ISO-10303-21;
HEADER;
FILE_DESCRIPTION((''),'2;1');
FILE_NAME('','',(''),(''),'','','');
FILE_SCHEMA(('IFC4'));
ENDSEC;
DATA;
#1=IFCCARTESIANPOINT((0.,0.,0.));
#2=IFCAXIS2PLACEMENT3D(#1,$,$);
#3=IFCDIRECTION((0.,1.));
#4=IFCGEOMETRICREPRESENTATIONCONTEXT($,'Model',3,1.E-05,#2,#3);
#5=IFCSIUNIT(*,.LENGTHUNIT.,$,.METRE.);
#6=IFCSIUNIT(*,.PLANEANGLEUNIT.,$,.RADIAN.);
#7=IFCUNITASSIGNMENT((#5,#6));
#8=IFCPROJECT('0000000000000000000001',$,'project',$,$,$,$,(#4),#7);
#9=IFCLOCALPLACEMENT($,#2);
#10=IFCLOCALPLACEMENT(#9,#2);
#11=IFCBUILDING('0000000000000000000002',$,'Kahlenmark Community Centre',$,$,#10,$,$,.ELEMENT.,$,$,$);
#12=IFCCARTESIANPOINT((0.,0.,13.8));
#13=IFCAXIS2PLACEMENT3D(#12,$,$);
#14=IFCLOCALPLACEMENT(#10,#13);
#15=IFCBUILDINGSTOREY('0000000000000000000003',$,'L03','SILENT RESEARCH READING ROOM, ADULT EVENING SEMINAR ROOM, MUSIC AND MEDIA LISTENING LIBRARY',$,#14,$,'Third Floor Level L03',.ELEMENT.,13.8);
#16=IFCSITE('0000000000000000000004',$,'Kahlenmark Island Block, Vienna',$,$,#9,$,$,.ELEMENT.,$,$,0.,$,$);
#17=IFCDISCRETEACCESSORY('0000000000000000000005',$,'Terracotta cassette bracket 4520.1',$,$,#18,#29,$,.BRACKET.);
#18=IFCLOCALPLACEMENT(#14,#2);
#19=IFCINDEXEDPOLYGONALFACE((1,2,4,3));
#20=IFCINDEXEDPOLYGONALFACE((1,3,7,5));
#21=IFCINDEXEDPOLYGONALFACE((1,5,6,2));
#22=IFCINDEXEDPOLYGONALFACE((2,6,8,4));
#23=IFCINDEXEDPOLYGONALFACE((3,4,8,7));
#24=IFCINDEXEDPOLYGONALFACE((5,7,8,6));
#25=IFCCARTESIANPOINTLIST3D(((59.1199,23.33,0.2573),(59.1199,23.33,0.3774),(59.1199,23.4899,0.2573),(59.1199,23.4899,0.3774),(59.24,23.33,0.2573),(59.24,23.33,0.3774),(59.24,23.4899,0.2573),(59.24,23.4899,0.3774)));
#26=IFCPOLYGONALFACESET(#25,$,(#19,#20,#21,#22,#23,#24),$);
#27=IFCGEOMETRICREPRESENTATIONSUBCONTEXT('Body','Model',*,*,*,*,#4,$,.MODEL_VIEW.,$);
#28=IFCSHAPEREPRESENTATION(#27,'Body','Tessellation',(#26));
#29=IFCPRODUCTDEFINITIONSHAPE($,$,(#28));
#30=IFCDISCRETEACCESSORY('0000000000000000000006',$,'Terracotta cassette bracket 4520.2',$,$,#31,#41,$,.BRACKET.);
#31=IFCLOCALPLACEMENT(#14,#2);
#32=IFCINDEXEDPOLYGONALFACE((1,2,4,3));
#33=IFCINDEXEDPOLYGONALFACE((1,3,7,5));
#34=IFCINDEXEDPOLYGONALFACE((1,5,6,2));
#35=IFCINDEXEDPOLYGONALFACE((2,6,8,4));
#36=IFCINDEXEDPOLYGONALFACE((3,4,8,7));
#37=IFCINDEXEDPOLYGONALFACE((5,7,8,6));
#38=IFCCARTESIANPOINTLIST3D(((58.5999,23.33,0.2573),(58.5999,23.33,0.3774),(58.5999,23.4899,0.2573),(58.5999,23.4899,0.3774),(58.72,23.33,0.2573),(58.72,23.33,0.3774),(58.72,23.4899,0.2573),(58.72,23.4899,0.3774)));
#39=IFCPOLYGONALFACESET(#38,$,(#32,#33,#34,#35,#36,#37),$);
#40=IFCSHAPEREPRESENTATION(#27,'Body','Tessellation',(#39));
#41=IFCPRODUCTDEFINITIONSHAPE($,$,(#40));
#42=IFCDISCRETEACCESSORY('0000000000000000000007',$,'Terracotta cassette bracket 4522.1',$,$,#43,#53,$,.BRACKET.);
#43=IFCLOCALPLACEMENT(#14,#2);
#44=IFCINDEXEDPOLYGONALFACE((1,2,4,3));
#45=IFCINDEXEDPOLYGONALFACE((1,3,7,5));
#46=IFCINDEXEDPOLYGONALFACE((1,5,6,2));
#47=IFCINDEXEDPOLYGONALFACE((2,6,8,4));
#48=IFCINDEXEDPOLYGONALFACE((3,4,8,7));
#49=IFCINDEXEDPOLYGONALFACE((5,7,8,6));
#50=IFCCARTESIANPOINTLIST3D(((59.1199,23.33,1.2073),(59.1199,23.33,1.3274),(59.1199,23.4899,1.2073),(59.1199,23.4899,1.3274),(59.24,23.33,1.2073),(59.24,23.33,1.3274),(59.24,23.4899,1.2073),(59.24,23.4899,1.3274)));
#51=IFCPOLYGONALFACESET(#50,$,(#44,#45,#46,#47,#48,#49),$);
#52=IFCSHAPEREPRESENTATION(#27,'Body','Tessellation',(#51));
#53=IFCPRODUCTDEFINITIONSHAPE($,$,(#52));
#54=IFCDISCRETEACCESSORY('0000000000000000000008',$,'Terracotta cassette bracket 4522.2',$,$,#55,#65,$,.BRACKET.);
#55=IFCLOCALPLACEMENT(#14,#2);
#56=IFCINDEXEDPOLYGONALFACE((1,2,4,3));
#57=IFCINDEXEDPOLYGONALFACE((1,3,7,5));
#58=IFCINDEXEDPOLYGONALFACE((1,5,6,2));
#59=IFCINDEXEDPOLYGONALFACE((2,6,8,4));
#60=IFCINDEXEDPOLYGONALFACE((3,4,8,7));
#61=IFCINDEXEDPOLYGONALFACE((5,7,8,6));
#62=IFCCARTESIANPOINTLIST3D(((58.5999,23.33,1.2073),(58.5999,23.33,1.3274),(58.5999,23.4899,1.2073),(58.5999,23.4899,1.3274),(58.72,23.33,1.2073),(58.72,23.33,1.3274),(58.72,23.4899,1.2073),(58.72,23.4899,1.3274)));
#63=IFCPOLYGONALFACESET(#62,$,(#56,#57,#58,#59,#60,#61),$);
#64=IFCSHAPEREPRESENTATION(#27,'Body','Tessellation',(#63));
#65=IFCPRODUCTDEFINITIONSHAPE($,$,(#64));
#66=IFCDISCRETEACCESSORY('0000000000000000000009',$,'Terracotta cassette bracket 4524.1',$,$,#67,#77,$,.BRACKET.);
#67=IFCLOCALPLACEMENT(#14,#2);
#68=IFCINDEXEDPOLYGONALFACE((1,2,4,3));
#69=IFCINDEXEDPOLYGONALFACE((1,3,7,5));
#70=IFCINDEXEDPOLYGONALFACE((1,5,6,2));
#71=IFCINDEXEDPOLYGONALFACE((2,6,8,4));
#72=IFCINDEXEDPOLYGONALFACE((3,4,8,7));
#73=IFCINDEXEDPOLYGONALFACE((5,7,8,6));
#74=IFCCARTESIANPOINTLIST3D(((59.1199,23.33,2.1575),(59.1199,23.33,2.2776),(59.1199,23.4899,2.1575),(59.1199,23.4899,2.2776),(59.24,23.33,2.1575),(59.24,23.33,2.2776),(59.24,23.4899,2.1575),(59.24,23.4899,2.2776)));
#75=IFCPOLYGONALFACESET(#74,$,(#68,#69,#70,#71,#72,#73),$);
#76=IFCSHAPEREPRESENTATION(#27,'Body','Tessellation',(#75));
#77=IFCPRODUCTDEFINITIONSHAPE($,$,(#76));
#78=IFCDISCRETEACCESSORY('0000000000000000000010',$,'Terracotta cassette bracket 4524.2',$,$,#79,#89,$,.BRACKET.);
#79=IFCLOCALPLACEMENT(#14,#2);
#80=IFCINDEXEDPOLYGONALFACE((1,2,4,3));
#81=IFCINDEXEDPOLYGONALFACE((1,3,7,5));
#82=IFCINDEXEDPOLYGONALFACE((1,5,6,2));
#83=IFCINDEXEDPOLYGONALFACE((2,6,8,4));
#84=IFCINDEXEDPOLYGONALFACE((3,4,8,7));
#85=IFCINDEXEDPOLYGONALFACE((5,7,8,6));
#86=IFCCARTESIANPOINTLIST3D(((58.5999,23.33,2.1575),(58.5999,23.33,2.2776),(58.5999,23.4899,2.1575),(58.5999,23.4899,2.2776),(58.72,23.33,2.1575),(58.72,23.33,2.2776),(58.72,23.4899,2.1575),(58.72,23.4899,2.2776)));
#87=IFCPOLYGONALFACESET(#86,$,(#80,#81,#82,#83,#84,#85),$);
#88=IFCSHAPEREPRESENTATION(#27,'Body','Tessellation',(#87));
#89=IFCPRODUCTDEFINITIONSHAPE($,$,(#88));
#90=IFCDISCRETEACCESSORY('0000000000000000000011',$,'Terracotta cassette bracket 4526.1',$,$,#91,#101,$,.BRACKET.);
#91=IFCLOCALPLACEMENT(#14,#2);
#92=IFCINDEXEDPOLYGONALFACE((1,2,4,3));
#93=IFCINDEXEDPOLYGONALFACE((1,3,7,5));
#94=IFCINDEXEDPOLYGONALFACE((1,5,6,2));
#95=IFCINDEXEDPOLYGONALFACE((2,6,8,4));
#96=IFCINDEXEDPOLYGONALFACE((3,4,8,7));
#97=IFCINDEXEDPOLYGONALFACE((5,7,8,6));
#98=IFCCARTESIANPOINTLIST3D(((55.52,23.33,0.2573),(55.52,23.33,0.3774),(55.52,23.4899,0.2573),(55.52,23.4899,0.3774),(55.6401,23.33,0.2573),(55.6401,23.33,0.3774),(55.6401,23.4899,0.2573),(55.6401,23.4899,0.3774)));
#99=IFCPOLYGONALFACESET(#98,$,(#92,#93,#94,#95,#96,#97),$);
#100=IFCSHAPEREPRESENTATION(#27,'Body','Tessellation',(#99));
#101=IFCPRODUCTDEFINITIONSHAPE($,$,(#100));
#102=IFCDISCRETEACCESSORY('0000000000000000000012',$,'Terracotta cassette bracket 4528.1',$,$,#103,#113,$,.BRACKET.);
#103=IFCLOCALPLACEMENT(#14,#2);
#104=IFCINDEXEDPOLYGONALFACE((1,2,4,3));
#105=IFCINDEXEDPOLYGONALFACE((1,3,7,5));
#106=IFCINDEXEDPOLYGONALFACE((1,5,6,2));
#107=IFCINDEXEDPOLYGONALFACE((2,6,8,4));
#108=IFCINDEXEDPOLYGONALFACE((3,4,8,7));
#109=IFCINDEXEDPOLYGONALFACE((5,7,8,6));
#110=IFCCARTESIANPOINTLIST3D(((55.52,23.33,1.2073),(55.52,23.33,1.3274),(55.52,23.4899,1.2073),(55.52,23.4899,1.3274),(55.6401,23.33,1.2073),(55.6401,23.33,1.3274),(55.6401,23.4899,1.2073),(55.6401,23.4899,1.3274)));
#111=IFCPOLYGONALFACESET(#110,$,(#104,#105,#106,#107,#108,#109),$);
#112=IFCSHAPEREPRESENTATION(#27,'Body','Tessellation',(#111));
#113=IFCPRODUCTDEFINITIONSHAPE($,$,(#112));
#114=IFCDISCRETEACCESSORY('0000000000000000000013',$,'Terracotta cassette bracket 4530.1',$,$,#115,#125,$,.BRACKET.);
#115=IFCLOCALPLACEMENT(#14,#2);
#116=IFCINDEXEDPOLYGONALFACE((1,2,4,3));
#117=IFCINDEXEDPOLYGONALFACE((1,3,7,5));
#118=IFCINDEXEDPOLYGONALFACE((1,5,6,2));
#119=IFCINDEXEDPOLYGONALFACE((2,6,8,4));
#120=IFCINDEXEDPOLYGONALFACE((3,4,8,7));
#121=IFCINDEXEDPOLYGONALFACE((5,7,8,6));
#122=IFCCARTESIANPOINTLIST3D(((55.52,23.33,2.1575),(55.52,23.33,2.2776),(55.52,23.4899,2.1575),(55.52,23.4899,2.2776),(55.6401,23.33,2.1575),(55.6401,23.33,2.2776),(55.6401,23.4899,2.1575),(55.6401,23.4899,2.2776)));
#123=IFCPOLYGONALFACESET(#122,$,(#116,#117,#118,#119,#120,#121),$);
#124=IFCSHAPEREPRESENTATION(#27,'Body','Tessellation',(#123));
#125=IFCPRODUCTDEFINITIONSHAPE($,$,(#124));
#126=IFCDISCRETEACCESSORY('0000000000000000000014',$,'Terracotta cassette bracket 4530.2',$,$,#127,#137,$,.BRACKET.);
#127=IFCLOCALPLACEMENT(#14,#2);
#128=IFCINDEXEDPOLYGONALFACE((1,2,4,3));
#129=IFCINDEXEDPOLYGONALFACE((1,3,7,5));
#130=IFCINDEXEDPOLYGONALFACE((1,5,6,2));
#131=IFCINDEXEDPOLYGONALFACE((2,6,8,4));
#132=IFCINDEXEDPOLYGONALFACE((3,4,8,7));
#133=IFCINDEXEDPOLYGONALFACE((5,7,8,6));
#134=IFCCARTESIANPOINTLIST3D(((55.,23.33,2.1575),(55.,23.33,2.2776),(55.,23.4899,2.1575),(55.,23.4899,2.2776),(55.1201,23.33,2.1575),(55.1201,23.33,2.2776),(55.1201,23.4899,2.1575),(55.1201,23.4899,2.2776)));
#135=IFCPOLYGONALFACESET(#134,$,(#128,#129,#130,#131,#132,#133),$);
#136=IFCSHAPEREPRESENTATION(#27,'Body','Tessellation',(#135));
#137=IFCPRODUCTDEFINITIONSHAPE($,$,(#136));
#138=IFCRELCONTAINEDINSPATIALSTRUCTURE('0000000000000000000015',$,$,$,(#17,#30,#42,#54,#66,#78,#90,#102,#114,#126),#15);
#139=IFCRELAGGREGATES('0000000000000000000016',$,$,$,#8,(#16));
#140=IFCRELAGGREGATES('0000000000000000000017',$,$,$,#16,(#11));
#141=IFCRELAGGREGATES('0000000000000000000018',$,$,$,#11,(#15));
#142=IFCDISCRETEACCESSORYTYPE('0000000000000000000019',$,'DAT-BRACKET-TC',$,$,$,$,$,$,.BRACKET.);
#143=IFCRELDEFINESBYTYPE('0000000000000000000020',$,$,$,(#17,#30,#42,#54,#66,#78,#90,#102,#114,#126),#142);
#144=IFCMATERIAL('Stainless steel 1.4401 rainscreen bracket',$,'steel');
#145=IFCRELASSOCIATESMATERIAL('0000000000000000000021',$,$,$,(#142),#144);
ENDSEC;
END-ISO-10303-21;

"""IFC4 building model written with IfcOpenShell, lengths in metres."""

from ifc_helpers import new_model, si_unit, direction, frame, origin, origin_2d, place, context, subcontext, project, spatial, rectangle, extrude, material, type_object, element, save


model = new_model("IFC4")

# Units and contexts
model_context = context("Model", 3, precision=1e-05, world=origin(), true_north=direction((0.0, 1.0)))
body_context = subcontext(model_context, "Body", "Model", "MODEL_VIEW")
ifc_project = project(units=[si_unit("LENGTHUNIT", "METRE"), si_unit("PLANEANGLEUNIT", "RADIAN")], contexts=[model_context])

# Site, building, storey
site_placement = place(None, origin())
site = spatial("IfcSite", under=ifc_project, at=site_placement, Name="Kahlenmark Island Block, Vienna", CompositionType="ELEMENT", RefElevation=0.0)
building_placement = place(site_placement, origin())
building = spatial("IfcBuilding", under=site, at=building_placement, Name="Kahlenmark Community Centre", CompositionType="ELEMENT")
storey_placement = place(building_placement, frame((0.0, 0.0, 13.8)))
storey = spatial("IfcBuildingStorey", under=building, at=storey_placement, Name="L03", Description="SILENT RESEARCH READING ROOM, ADULT EVENING SEMINAR ROOM, MUSIC AND MEDIA LISTENING LIBRARY", LongName="Third Floor Level L03", CompositionType="ELEMENT", Elevation=13.8)

# Discrete accessories
ifc_material_1 = material(Name="Stainless steel 1.4401 rainscreen bracket", Category="steel")
discrete_accessory_type = type_object("IfcDiscreteAccessoryType", Name="DAT-BRACKET-TC", PredefinedType="BRACKET", material=ifc_material_1)
for number, where, z_axis, x_axis, name in (
    (1, (59.1799, 23.4099, 0.2573), (0.0, 0.0, 1.0), (-1.0, 0.0, 0.0), "Terracotta cassette bracket 4520.1"),
    (2, (58.6599, 23.4099, 0.2573), (0.0, 0.0, 1.0), (-1.0, 0.0, 0.0), "Terracotta cassette bracket 4520.2"),
    (3, (59.1799, 23.4099, 1.2073), (0.0, 0.0, 1.0), (-1.0, 0.0, 0.0), "Terracotta cassette bracket 4522.1"),
    (4, (58.6599, 23.4099, 1.2073), (0.0, 0.0, 1.0), (-1.0, 0.0, 0.0), "Terracotta cassette bracket 4522.2"),
    (5, (59.1799, 23.4099, 2.1575), (0.0, 0.0, 1.0), (-1.0, 0.0, 0.0), "Terracotta cassette bracket 4524.1"),
    (6, (58.6599, 23.4099, 2.1575), (0.0, 0.0, 1.0), (-1.0, 0.0, 0.0), "Terracotta cassette bracket 4524.2"),
    (7, (55.5801, 23.4099, 0.2573), (0.0, 0.0, 1.0), (-1.0, 0.0, 0.0), "Terracotta cassette bracket 4526.1"),
    (8, (55.5801, 23.4099, 1.2073), (0.0, 0.0, 1.0), (-1.0, 0.0, 0.0), "Terracotta cassette bracket 4528.1"),
    (9, (55.5801, 23.4099, 2.1575), (0.0, 0.0, 1.0), (-1.0, 0.0, 0.0), "Terracotta cassette bracket 4530.1"),
    (10, (55.0601, 23.4099, 2.1575), (0.0, 0.0, 1.0), (-1.0, 0.0, 0.0), "Terracotta cassette bracket 4530.2"),
):
    element("IfcDiscreteAccessory", number, at=place(storey_placement, frame(where, z_axis=z_axis, x_axis=x_axis)), inside=storey, type_object=discrete_accessory_type, Name=name, PredefinedType="BRACKET", context=body_context, shape_type="SweptSolid", body=[
        extrude(rectangle(XDim=0.1201, YDim=0.1599, at=origin_2d()), origin(), (0.0, 0.0, 1.0), 0.1201),
    ])

save(model, "model.ifc")
